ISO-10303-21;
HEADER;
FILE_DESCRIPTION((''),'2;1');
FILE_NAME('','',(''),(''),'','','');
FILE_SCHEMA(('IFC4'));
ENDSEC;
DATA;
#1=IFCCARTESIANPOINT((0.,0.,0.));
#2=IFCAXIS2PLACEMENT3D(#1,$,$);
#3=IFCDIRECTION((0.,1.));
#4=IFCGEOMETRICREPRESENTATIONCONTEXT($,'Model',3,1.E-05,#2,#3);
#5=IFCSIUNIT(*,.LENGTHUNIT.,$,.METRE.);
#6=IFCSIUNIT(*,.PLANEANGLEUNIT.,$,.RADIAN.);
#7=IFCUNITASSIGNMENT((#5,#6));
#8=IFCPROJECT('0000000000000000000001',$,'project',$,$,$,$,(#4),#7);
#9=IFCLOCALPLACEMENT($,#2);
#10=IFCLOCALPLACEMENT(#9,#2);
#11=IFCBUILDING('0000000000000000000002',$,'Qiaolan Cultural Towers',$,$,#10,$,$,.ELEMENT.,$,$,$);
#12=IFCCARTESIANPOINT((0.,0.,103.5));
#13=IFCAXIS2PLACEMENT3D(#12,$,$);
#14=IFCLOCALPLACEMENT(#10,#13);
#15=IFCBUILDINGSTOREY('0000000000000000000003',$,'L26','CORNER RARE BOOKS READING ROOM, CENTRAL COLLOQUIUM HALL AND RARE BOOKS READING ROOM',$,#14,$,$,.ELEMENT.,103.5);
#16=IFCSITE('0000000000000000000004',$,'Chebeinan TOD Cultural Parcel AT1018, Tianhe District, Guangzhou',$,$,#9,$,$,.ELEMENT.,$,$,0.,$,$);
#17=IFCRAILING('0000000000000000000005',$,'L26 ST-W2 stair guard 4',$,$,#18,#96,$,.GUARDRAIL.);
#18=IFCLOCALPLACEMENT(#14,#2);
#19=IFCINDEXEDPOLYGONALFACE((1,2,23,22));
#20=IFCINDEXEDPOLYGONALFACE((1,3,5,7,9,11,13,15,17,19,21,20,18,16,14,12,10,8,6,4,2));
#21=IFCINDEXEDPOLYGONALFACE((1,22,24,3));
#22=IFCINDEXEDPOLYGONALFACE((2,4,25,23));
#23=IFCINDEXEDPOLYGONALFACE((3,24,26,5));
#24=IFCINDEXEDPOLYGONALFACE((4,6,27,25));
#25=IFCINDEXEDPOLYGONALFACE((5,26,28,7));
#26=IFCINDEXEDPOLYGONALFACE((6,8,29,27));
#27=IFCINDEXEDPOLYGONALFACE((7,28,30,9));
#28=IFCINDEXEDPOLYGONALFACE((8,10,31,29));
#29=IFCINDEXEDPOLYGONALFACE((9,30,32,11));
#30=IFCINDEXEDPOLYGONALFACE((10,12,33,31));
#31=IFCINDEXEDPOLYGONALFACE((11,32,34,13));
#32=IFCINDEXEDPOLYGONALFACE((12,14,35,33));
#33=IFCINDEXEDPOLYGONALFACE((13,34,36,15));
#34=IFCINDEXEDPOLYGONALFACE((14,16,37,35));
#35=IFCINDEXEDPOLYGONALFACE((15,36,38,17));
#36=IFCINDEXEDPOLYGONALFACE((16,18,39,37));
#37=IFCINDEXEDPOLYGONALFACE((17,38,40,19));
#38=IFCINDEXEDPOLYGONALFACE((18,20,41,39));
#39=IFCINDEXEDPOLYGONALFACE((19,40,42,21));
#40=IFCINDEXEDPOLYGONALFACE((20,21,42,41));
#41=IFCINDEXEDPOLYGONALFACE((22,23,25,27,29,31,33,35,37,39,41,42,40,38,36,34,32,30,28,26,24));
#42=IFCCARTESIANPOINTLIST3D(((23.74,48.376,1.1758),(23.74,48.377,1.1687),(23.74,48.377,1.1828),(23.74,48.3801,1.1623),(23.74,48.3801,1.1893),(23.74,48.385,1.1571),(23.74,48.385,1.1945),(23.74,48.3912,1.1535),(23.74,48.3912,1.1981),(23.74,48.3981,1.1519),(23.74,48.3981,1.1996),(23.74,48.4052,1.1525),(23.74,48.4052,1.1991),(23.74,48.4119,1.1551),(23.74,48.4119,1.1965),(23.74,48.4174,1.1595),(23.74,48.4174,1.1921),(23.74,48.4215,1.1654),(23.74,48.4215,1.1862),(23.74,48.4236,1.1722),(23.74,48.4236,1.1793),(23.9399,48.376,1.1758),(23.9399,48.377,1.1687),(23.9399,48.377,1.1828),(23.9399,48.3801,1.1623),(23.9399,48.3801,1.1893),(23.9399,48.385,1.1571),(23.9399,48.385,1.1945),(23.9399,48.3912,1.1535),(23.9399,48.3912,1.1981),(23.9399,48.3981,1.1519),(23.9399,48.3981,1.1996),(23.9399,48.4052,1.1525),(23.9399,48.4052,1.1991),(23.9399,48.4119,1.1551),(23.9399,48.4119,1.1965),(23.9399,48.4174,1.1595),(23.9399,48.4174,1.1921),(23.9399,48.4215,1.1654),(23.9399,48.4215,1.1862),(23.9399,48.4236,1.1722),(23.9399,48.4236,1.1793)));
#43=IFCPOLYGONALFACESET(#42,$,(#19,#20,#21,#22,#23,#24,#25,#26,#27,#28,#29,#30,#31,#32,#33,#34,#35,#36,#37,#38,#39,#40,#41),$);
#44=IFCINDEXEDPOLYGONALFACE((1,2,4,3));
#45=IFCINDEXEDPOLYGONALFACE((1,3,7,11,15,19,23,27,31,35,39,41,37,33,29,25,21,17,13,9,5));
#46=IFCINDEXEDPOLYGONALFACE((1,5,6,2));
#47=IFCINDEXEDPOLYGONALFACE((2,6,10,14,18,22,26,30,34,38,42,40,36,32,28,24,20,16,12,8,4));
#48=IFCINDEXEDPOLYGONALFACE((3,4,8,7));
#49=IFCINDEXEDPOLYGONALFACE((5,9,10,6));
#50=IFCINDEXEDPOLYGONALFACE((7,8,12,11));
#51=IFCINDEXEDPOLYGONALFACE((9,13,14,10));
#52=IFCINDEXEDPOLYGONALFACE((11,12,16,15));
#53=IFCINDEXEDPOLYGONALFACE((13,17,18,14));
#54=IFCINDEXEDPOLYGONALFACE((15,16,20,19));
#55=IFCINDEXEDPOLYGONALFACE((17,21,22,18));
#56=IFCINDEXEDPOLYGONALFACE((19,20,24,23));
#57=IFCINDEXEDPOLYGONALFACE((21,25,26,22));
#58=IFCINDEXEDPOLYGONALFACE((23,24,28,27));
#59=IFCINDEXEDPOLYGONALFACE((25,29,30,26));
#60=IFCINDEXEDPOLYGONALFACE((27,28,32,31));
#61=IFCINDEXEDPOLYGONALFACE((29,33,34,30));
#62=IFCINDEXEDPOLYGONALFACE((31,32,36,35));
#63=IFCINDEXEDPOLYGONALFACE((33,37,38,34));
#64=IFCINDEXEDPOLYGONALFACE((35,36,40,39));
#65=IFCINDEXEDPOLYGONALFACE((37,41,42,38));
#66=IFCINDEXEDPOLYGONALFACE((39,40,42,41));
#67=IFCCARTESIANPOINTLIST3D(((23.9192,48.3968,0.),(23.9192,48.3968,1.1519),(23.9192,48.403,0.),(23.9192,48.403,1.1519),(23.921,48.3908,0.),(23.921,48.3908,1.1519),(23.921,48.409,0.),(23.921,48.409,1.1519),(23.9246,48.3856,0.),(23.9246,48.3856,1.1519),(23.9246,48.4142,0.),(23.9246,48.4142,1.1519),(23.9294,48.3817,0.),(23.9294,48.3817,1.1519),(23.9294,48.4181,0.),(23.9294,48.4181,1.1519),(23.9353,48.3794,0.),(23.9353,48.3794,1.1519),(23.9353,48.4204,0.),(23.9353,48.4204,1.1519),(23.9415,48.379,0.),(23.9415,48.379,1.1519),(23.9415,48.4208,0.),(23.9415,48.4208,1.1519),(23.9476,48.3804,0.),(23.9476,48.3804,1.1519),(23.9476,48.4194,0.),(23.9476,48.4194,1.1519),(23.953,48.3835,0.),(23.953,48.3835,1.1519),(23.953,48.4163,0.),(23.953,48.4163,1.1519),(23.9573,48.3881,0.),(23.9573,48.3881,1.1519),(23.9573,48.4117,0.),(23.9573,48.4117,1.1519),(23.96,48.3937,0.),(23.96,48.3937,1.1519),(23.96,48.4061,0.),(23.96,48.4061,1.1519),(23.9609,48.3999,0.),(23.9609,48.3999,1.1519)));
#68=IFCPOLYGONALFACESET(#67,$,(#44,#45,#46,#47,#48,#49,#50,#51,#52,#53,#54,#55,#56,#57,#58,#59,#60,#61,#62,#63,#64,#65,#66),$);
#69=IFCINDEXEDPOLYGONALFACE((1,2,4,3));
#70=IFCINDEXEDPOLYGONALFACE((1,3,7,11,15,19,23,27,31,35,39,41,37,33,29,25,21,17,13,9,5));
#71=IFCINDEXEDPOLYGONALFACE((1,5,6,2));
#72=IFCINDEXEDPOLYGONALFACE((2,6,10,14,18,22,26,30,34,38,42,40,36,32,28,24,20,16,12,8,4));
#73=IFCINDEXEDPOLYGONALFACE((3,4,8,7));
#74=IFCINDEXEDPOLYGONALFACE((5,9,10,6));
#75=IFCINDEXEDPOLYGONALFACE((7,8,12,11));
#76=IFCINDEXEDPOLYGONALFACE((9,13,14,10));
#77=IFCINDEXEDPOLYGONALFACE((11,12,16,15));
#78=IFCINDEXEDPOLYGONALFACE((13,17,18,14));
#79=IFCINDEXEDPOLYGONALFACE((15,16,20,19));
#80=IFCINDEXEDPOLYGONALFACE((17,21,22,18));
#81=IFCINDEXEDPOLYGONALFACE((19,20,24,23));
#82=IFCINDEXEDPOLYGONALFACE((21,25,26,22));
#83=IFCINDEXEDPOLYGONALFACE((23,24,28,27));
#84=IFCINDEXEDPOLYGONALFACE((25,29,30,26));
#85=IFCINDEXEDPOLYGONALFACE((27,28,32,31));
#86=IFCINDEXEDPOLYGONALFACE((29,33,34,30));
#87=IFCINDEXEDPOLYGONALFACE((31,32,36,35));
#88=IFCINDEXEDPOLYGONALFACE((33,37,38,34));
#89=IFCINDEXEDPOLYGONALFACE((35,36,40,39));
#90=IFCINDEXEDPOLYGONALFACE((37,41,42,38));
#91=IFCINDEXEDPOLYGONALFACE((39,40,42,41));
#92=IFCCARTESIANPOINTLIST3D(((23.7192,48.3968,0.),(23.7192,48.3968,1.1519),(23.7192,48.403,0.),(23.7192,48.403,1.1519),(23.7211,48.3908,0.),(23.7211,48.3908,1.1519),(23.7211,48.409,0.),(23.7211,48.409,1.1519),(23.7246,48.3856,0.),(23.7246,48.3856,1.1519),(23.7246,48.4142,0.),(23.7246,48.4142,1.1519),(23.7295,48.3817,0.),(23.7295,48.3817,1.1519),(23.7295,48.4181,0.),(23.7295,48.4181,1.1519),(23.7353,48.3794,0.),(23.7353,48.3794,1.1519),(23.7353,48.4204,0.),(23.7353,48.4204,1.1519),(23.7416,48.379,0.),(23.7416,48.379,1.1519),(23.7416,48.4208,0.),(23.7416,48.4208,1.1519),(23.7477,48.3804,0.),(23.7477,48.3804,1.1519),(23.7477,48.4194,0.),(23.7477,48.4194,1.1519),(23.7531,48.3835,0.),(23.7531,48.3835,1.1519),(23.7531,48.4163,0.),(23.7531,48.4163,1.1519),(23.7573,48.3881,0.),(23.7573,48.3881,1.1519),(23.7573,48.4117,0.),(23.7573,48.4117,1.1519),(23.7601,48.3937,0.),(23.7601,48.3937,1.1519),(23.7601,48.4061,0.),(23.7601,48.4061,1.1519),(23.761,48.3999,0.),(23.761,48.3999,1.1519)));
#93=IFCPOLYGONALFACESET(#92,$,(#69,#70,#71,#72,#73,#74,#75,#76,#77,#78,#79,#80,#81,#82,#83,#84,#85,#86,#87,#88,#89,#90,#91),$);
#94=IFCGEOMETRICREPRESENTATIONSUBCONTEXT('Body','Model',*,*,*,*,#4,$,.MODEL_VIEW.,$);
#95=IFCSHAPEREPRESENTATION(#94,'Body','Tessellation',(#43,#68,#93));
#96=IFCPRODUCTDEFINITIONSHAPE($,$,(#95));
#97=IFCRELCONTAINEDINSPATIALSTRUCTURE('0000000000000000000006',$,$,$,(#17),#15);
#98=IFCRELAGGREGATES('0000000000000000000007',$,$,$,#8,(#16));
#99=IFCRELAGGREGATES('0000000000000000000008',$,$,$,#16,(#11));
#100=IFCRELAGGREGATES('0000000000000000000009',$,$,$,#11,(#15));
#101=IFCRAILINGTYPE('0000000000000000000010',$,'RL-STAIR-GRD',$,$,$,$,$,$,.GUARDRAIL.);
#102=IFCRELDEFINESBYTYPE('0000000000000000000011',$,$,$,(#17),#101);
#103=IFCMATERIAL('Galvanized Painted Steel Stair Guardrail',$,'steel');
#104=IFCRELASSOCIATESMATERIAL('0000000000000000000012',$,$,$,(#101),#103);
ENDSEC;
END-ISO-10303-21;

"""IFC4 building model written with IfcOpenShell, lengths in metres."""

from ifc_helpers import new_model, si_unit, direction, frame, origin, origin_2d, place, context, subcontext, project, spatial, circle, extrude, material, type_object, element, save


model = new_model("IFC4")

# Units and contexts
model_context = context("Model", 3, precision=1e-05, world=origin(), true_north=direction((0.0, 1.0)))
body_context = subcontext(model_context, "Body", "Model", "MODEL_VIEW")
ifc_project = project(units=[si_unit("LENGTHUNIT", "METRE"), si_unit("PLANEANGLEUNIT", "RADIAN")], contexts=[model_context])

# Site, building, storey
site_placement = place(None, origin())
site = spatial("IfcSite", under=ifc_project, at=site_placement, Name="Chebeinan TOD Cultural Parcel AT1018, Tianhe District, Guangzhou", CompositionType="ELEMENT", RefElevation=0.0)
building_placement = place(site_placement, origin())
building = spatial("IfcBuilding", under=site, at=building_placement, Name="Qiaolan Cultural Towers", CompositionType="ELEMENT")
storey_placement = place(building_placement, frame((0.0, 0.0, 103.5)))
storey = spatial("IfcBuildingStorey", under=building, at=storey_placement, Name="L26", Description="CORNER RARE BOOKS READING ROOM, CENTRAL COLLOQUIUM HALL AND RARE BOOKS READING ROOM", CompositionType="ELEMENT", Elevation=103.5)

# Railing
ifc_material_1 = material(Name="Galvanized Painted Steel Stair Guardrail", Category="steel")
railing_type_1 = type_object("IfcRailingType", Name="RL-STAIR-GRD", PredefinedType="GUARDRAIL", material=ifc_material_1)
railing_1_placement = place(storey_placement, frame((23.9399, 48.3999, 0.0)))
element("IfcRailing", 1, at=railing_1_placement, inside=storey, type_object=railing_type_1, Name="L26 ST-W2 stair guard 4", PredefinedType="GUARDRAIL", context=body_context, shape_type="SweptSolid", body=[
    extrude(circle(Radius=0.0239, at=origin_2d()), frame((0.0, 0.0, 1.1758), z_axis=(-1.0, 0.0, 0.0), x_axis=(0.0, -1.0, 0.0)), (0.0, 0.0, 1.0), 0.2),
    extrude(circle(Radius=0.021, at=origin_2d()), origin(), (0.0, 0.0, 1.0), 1.1519),
    extrude(circle(Radius=0.021, at=origin_2d()), frame((-0.2, 0.0, 0.0)), (0.0, 0.0, 1.0), 1.1519),
])

save(model, "model.ifc")
